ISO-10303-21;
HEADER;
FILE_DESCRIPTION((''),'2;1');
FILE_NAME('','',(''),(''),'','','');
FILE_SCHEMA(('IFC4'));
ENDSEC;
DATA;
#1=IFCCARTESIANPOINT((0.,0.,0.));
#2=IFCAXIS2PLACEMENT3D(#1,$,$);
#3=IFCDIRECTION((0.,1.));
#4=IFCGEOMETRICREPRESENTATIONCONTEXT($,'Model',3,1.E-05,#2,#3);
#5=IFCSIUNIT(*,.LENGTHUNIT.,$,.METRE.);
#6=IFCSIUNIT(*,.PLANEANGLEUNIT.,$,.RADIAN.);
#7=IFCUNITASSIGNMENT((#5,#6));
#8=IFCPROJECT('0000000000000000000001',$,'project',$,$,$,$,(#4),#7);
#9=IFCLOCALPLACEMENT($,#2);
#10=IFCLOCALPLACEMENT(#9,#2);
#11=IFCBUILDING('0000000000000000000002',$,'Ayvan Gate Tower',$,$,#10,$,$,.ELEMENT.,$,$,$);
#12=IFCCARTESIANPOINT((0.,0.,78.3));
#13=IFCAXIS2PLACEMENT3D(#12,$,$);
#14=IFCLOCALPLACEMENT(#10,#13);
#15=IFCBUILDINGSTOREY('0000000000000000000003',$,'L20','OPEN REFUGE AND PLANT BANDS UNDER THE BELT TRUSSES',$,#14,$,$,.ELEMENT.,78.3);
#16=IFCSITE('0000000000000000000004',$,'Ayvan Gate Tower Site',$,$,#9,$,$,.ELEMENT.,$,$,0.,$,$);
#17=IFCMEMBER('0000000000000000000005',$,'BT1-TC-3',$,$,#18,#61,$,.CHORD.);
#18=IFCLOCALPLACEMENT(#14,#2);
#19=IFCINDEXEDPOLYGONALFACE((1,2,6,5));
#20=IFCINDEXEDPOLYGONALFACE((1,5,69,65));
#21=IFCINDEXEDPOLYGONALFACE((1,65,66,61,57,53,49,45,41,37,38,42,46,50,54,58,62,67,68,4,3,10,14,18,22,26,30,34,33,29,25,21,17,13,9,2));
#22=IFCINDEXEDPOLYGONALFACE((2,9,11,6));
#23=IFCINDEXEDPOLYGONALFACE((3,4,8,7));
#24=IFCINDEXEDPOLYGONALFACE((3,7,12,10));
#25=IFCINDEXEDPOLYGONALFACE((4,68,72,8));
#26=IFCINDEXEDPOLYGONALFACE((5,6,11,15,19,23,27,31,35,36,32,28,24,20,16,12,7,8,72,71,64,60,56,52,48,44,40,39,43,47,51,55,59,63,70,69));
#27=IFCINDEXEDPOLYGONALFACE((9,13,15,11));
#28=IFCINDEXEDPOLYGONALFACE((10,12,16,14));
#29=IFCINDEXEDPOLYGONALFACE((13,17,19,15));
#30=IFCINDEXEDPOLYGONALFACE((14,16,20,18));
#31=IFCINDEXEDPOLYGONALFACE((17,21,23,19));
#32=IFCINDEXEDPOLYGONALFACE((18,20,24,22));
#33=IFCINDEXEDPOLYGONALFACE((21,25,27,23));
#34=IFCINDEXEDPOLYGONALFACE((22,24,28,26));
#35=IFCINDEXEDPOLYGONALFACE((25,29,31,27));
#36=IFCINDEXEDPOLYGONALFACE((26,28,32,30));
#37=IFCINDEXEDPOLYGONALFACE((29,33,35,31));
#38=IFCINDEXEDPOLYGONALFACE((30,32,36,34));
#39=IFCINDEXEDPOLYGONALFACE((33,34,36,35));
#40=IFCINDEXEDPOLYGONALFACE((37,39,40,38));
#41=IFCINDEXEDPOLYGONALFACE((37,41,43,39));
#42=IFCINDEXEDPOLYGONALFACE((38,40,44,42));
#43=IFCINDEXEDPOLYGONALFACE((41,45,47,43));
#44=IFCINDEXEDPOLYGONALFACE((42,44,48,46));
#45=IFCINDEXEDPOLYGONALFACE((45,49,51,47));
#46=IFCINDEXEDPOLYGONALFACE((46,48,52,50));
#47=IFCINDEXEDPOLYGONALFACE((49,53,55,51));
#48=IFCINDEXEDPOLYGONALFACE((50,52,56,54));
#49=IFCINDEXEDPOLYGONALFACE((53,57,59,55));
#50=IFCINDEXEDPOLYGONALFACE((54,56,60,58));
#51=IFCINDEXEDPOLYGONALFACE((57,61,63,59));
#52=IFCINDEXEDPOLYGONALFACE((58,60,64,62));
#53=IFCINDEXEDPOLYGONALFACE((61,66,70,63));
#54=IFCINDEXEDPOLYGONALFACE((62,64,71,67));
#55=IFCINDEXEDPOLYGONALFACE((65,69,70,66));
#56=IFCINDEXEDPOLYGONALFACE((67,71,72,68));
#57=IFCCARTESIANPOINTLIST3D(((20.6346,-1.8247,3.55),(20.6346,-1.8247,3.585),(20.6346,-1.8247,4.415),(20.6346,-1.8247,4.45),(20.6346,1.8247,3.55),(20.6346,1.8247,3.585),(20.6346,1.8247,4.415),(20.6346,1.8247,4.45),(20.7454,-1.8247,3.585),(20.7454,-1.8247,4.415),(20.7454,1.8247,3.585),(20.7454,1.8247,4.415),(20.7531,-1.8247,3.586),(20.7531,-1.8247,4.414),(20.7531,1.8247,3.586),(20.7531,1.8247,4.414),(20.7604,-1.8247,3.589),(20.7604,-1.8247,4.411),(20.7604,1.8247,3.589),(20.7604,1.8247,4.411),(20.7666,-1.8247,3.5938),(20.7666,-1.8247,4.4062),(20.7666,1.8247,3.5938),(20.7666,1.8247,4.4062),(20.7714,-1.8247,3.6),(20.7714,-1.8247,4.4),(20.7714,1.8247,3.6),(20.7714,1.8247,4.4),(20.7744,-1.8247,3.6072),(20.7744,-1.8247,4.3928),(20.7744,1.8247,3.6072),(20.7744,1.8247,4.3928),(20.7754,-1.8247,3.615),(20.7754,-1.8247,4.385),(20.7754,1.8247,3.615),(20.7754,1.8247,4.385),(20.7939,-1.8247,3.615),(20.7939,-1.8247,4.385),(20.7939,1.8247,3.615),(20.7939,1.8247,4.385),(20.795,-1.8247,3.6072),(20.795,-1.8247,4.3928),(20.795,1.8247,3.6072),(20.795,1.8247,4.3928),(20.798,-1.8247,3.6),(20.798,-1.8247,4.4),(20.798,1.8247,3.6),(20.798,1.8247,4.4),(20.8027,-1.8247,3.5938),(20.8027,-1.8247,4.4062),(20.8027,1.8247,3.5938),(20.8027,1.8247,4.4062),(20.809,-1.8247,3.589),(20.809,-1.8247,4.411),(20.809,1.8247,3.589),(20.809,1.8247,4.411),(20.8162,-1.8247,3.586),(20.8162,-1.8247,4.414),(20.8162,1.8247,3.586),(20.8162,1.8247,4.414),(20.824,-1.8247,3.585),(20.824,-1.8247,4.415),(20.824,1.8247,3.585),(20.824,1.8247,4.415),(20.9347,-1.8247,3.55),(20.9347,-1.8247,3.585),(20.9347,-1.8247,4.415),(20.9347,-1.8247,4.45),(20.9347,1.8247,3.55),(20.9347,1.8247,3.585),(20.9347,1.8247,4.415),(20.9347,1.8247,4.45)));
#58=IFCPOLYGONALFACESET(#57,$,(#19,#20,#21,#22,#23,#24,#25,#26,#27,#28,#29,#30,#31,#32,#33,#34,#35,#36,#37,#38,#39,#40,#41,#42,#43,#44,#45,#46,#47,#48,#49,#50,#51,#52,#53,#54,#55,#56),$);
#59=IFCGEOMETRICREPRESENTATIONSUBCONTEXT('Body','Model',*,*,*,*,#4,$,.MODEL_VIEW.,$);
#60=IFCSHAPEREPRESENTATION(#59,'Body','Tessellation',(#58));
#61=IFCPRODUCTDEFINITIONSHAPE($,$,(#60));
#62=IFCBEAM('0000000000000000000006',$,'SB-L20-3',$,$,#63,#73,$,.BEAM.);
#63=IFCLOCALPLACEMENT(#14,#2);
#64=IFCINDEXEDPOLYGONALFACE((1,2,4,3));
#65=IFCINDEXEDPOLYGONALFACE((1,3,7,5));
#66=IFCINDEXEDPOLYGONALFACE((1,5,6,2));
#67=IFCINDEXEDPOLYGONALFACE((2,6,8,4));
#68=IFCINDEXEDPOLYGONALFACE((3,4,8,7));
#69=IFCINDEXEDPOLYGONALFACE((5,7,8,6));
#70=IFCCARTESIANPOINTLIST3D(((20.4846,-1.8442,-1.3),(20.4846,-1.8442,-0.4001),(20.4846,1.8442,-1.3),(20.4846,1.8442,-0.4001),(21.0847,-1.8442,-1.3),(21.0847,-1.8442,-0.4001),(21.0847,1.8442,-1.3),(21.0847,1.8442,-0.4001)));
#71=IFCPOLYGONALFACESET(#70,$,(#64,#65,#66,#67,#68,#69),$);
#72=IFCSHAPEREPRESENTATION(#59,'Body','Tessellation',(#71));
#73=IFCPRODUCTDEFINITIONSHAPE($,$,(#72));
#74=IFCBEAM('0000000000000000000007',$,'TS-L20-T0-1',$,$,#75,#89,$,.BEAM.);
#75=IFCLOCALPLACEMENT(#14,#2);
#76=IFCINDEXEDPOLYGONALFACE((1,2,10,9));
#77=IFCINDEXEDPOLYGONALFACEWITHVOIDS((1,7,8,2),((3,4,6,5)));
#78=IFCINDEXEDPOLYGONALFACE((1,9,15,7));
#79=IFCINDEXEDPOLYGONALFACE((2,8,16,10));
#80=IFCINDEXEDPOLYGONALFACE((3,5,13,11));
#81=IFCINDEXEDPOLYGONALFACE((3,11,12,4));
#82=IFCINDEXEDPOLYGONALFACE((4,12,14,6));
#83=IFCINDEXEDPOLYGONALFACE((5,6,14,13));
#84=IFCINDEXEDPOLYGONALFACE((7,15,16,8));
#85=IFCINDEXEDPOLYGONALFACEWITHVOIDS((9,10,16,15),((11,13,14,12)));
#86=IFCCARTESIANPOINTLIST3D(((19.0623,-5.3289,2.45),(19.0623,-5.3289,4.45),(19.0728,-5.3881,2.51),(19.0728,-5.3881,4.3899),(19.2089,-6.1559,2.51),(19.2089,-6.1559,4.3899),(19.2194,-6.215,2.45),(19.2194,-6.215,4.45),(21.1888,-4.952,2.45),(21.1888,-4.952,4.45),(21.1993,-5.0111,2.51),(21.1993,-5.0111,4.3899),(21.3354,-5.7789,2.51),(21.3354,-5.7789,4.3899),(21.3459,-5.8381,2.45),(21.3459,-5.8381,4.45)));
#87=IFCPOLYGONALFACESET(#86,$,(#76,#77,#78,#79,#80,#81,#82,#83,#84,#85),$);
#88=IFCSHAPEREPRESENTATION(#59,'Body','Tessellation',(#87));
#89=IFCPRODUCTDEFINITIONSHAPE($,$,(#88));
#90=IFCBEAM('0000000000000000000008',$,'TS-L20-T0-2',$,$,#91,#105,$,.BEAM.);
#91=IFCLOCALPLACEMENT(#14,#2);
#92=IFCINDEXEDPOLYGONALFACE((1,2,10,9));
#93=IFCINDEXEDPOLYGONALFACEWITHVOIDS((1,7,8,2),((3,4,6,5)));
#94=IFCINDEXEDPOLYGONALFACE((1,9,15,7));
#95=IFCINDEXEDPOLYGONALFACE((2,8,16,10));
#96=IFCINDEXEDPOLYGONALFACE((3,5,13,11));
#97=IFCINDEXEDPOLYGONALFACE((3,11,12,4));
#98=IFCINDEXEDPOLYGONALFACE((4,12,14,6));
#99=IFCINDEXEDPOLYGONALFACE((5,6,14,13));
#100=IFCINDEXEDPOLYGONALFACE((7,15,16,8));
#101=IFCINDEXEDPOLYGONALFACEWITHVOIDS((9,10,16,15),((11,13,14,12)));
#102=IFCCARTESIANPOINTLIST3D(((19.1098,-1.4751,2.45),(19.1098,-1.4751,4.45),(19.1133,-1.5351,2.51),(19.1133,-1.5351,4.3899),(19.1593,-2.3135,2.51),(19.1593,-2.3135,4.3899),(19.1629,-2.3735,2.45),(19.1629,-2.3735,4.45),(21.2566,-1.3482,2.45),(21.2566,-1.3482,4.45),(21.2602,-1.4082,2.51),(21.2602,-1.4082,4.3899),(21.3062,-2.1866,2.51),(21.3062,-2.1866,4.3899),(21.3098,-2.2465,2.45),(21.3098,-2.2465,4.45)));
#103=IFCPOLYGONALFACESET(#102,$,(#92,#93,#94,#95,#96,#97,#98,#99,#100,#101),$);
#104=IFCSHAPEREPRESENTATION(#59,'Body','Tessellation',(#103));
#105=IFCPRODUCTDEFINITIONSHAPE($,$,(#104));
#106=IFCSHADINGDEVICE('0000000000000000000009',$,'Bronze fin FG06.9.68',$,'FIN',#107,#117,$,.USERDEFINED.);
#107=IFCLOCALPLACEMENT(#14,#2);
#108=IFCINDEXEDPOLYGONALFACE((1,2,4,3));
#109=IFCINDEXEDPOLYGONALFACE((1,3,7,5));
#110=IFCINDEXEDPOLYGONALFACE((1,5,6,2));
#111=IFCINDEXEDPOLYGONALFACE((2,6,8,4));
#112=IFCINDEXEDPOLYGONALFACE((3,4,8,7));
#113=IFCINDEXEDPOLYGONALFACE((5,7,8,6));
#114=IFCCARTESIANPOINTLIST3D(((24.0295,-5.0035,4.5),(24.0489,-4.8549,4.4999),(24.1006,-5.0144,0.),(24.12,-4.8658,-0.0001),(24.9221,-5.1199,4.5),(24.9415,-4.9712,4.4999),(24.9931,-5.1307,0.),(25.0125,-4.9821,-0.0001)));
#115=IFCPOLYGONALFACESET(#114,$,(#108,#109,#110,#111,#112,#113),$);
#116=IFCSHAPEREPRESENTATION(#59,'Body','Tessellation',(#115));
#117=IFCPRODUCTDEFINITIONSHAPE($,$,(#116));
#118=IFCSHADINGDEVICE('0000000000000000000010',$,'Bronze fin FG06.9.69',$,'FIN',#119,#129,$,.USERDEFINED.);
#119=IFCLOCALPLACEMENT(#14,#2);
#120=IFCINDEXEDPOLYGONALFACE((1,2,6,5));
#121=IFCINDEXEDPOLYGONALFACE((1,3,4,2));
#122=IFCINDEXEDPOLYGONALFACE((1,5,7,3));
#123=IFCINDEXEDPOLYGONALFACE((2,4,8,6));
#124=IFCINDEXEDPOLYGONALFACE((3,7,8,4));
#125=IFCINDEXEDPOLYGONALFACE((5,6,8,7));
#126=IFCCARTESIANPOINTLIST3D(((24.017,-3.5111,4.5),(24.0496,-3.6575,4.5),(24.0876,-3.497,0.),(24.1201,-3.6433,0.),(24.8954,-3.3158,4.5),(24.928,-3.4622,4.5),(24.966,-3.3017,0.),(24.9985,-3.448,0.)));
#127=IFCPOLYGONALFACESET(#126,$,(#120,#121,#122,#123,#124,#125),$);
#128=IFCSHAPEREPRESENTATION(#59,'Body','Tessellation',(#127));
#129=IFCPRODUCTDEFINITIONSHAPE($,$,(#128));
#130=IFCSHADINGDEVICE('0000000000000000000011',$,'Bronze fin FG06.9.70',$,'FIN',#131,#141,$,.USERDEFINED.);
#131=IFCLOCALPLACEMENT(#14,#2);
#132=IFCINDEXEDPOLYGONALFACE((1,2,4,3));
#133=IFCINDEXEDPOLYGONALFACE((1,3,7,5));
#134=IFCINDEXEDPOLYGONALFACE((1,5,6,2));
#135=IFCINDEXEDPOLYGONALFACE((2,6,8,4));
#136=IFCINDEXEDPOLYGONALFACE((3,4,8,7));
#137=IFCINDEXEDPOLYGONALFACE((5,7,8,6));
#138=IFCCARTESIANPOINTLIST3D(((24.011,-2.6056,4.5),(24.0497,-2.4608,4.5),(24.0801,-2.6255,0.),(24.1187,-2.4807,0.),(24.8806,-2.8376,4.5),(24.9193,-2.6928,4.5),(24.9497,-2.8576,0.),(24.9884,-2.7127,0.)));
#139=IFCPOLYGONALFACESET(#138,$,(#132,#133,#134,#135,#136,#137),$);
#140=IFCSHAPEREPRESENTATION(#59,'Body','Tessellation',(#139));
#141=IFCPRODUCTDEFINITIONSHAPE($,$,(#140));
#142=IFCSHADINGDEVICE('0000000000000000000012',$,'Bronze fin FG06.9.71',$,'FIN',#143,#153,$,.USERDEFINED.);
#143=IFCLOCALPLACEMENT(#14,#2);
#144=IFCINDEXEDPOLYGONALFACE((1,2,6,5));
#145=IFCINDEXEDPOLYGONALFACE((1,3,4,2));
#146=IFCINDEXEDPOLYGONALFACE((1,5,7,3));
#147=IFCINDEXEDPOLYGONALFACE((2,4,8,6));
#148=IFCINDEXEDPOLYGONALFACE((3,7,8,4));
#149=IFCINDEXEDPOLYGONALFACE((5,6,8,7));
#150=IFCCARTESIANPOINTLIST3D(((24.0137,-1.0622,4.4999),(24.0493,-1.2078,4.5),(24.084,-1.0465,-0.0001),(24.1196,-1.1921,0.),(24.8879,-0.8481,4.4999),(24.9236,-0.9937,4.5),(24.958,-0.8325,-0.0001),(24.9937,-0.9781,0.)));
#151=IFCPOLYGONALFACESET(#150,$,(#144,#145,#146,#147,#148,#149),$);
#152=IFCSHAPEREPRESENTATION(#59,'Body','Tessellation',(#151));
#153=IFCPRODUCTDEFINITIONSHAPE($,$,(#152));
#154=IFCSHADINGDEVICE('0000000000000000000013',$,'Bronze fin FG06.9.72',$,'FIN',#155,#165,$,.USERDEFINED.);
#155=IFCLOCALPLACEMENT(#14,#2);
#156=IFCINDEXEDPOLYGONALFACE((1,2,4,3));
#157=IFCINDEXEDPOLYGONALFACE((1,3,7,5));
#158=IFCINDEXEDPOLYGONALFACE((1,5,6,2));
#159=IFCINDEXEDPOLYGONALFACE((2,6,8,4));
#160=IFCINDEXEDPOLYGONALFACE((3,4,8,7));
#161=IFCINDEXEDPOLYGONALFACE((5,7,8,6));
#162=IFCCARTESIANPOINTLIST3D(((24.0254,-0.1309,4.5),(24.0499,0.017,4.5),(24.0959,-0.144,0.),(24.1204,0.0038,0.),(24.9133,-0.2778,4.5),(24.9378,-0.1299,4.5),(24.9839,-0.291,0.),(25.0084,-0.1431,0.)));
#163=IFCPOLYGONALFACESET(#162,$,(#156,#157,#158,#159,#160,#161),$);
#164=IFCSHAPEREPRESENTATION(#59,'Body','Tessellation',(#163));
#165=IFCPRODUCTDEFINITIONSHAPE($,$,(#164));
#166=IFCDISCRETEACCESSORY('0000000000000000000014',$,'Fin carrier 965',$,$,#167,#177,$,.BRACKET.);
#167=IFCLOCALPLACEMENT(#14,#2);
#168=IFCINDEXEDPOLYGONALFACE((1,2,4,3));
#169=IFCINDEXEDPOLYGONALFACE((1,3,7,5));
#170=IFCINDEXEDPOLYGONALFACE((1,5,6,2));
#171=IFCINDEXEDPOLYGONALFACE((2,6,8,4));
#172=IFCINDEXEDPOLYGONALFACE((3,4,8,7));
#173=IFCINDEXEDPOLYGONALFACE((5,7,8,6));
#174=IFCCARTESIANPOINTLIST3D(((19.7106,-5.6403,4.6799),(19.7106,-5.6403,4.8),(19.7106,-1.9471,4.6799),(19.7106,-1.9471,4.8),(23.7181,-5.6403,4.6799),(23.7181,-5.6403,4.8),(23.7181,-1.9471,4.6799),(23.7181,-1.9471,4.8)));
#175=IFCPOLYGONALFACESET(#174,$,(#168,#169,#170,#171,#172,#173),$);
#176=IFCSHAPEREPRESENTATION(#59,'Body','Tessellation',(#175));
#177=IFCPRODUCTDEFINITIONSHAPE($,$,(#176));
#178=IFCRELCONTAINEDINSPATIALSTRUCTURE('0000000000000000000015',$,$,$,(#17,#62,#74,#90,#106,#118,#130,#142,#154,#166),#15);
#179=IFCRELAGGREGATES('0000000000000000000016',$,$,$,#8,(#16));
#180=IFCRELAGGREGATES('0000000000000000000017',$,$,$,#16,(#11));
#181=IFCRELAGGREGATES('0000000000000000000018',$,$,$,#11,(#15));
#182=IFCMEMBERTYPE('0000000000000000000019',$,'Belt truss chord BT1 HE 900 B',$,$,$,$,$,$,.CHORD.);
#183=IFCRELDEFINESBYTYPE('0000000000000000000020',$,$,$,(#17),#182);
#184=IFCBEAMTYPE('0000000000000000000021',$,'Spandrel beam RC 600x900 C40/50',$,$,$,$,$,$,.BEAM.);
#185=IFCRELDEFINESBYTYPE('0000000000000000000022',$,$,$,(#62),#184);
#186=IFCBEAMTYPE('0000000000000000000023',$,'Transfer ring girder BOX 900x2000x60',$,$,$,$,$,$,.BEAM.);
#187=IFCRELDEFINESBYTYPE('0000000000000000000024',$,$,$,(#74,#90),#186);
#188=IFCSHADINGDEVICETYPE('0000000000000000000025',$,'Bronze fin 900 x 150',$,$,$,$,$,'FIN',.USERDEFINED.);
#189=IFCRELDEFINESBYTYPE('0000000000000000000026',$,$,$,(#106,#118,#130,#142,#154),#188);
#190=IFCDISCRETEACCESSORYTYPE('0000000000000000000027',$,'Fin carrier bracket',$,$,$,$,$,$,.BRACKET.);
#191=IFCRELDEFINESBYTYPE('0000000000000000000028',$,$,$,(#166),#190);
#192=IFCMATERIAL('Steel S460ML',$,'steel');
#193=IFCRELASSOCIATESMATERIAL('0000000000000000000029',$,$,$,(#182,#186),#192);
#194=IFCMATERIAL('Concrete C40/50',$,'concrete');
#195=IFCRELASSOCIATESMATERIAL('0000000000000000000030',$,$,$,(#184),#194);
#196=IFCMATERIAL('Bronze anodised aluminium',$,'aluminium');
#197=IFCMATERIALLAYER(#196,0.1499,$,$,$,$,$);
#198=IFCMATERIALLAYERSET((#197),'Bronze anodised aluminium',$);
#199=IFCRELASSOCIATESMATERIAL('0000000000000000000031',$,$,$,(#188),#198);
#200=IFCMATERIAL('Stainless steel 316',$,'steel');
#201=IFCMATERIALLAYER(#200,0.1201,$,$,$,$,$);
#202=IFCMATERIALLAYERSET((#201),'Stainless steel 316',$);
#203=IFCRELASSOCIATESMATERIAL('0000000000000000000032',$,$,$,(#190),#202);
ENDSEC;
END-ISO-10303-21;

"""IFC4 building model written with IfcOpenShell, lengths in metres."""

from ifc_helpers import new_model, si_unit, direction, frame, origin, origin_2d, place, context, subcontext, project, spatial, polyline, rectangle, hollow_rectangle, i_section, outline, extrude, material, layer, layer_set, material_profile, profile_set, type_object, element, save


model = new_model("IFC4")

# Units and contexts
model_context = context("Model", 3, precision=1e-05, world=origin(), true_north=direction((0.0, 1.0)))
body_context = subcontext(model_context, "Body", "Model", "MODEL_VIEW")
ifc_project = project(units=[si_unit("LENGTHUNIT", "METRE"), si_unit("PLANEANGLEUNIT", "RADIAN")], contexts=[model_context])

# Site, building, storey
site_placement = place(None, origin())
site = spatial("IfcSite", under=ifc_project, at=site_placement, Name="Ayvan Gate Tower Site", CompositionType="ELEMENT", RefElevation=0.0)
building_placement = place(site_placement, origin())
building = spatial("IfcBuilding", under=site, at=building_placement, Name="Ayvan Gate Tower", CompositionType="ELEMENT")
storey_placement = place(building_placement, frame((0.0, 0.0, 78.3)))
storey = spatial("IfcBuildingStorey", under=building, at=storey_placement, Name="L20", Description="OPEN REFUGE AND PLANT BANDS UNDER THE BELT TRUSSES", CompositionType="ELEMENT", Elevation=78.3)

# Member
ifc_material_1 = material(Name="Steel S460ML", Category="steel")
ifc_material_profile_1 = material_profile(ifc_material_1, i_section(OverallWidth=0.3, OverallDepth=0.8999, WebThickness=0.0186, FlangeThickness=0.0349, FilletRadius=0.03, at=origin_2d()), Name="HE 900 B")
ifc_profile_set_1 = profile_set([ifc_material_profile_1], Name="Steel S460ML")
member_type_1 = type_object("IfcMemberType", Name="Belt truss chord BT1 HE 900 B", PredefinedType="CHORD", material=ifc_profile_set_1)
member_1_placement = place(storey_placement, frame((20.7847, -1.8247, 4.0), z_axis=(0.0, 1.0, 0.0), x_axis=(-1.0, 0.0, 0.0)))
element("IfcMember", 1, at=member_1_placement, inside=storey, type_object=member_type_1, Name="BT1-TC-3", PredefinedType="CHORD", context=body_context, shape_type="SweptSolid", body=[
    extrude(i_section(OverallWidth=0.3, OverallDepth=0.8999, WebThickness=0.0186, FlangeThickness=0.0349, FilletRadius=0.03, at=origin_2d()), origin(), (0.0, 0.0, 1.0), 3.6494),
])

# Beams
ifc_material_2 = material(Name="Concrete C40/50", Category="concrete")
ifc_material_profile_2 = material_profile(ifc_material_2, rectangle(XDim=0.6001, YDim=0.8999, at=origin_2d()), Name="RC 600x900")
ifc_profile_set_2 = profile_set([ifc_material_profile_2], Name="Concrete C40/50")
beam_type_1 = type_object("IfcBeamType", Name="Spandrel beam RC 600x900 C40/50", PredefinedType="BEAM", material=ifc_profile_set_2)
beam_1_placement = place(storey_placement, frame((20.7847, -1.8442, -0.8501), z_axis=(0.0, 1.0, 0.0), x_axis=(-1.0, 0.0, 0.0)))
element("IfcBeam", 2, at=beam_1_placement, inside=storey, type_object=beam_type_1, Name="SB-L20-3", PredefinedType="BEAM", context=body_context, shape_type="SweptSolid", body=[
    extrude(rectangle(XDim=0.6001, YDim=0.8999, at=origin_2d()), origin(), (0.0, 0.0, 1.0), 3.6885),
])
ifc_material_profile_3 = material_profile(ifc_material_1, hollow_rectangle(XDim=0.8999, YDim=2.0, WallThickness=0.0601, at=origin_2d()), Name="BOX 900x2000x60")
ifc_profile_set_3 = profile_set([ifc_material_profile_3], Name="Steel S460ML")
beam_type_2 = type_object("IfcBeamType", Name="Transfer ring girder BOX 900x2000x60", PredefinedType="BEAM", material=ifc_profile_set_3)
beam_2_placement = place(storey_placement, frame((21.2673, -5.395, 3.45), z_axis=(-0.984649, -0.174546, 0.0), x_axis=(0.174546, -0.984649, 0.0)))
element("IfcBeam", 3, at=beam_2_placement, inside=storey, type_object=beam_type_2, Name="TS-L20-T0-1", PredefinedType="BEAM", context=body_context, shape_type="SweptSolid", body=[
    extrude(hollow_rectangle(XDim=0.8999, YDim=2.0, WallThickness=0.0601, at=origin_2d()), origin(), (0.0, 0.0, 1.0), 2.1597),
])
beam_3_placement = place(storey_placement, frame((21.2832, -1.7974, 3.45), z_axis=(-0.998256, -0.059028, 0.0), x_axis=(0.059028, -0.998256, 0.0)))
element("IfcBeam", 4, at=beam_3_placement, inside=storey, type_object=beam_type_2, Name="TS-L20-T0-2", PredefinedType="BEAM", context=body_context, shape_type="SweptSolid", body=[
    extrude(hollow_rectangle(XDim=0.8999, YDim=2.0, WallThickness=0.0601, at=origin_2d()), origin(), (0.0, 0.0, 1.0), 2.1506),
])

# Shading devices
ifc_material_3 = material(Name="Bronze anodised aluminium", Category="aluminium")
ifc_layer_1 = layer(ifc_material_3, 0.1499)
ifc_layer_set_1 = layer_set([ifc_layer_1], Name="Bronze anodised aluminium")
shading_device_type = type_object("IfcShadingDeviceType", Name="Bronze fin 900 x 150", ElementType="FIN", PredefinedType="USERDEFINED", material=ifc_layer_set_1)
shading_device_1_placement = place(storey_placement, frame((24.1006, -5.0144, 0.0), z_axis=(-0.129241, -0.991613, 0.000354), x_axis=(0.991613, -0.129241, 0.0)))
element("IfcShadingDevice", 5, at=shading_device_1_placement, inside=storey, type_object=shading_device_type, Name="Bronze fin FG06.9.68", ObjectType="FIN", PredefinedType="USERDEFINED", context=body_context, shape_type="SweptSolid", body=[
    extrude(outline(polyline([(0.0, 0.0), (0.9001, 0.0), (0.8283, 4.5), (-0.0719, 4.5), (0.0, 0.0)])), origin(), (0.0, 0.0, -1.0), 0.1499),
])
shading_device_2_placement = place(storey_placement, frame((24.1201, -3.6433, 0.0), z_axis=(0.217045, -0.976161, 0.000331), x_axis=(0.976162, 0.217045, 0.0)))
element("IfcShadingDevice", 6, at=shading_device_2_placement, inside=storey, type_object=shading_device_type, Name="Bronze fin FG06.9.69", ObjectType="FIN", PredefinedType="USERDEFINED", context=body_context, shape_type="SweptSolid", body=[
    extrude(outline(polyline([(0.0, 0.0), (0.8999, 0.0), (0.8279, 4.5), (-0.0719, 4.5), (0.0, 0.0)])), origin(), (0.0, 0.0, -1.0), 0.1499),
])
shading_device_3_placement = place(storey_placement, frame((24.0801, -2.6255, 0.0), z_axis=(-0.257823, -0.966192, 0.000314), x_axis=(0.966192, -0.257823, 0.0)))
element("IfcShadingDevice", 7, at=shading_device_3_placement, inside=storey, type_object=shading_device_type, Name="Bronze fin FG06.9.70", ObjectType="FIN", PredefinedType="USERDEFINED", context=body_context, shape_type="SweptSolid", body=[
    extrude(outline(polyline([(0.0, 0.0), (0.9001, 0.0), (0.8282, 4.5), (-0.0719, 4.5), (0.0, 0.0)])), origin(), (0.0, 0.0, -1.0), 0.1499),
])
shading_device_4_placement = place(storey_placement, frame((24.1196, -1.1921, 0.0), z_axis=(0.237905, -0.971288, 0.000338), x_axis=(0.971288, 0.237905, 0.0)))
element("IfcShadingDevice", 8, at=shading_device_4_placement, inside=storey, type_object=shading_device_type, Name="Bronze fin FG06.9.71", ObjectType="FIN", PredefinedType="USERDEFINED", context=body_context, shape_type="SweptSolid", body=[
    extrude(outline(polyline([(0.0, 0.0), (0.8999, 0.0), (0.8281, 4.5), (-0.072, 4.5), (0.0, 0.0)])), origin(), (0.0, 0.0, -1.0), 0.1499),
])
shading_device_5_placement = place(storey_placement, frame((24.0959, -0.144, 0.0), z_axis=(-0.163299, -0.986577, 0.00033), x_axis=(0.986577, -0.163299, 0.0)))
element("IfcShadingDevice", 9, at=shading_device_5_placement, inside=storey, type_object=shading_device_type, Name="Bronze fin FG06.9.72", ObjectType="FIN", PredefinedType="USERDEFINED", context=body_context, shape_type="SweptSolid", body=[
    extrude(outline(polyline([(0.0, 0.0), (0.9, 0.0), (0.8283, 4.5), (-0.0718, 4.5), (0.0, 0.0)])), origin(), (0.0, 0.0, -1.0), 0.1499),
])

# Discrete accessory
ifc_material_4 = material(Name="Stainless steel 316", Category="steel")
ifc_layer_2 = layer(ifc_material_4, 0.1201)
ifc_layer_set_2 = layer_set([ifc_layer_2], Name="Stainless steel 316")
discrete_accessory_type_1 = type_object("IfcDiscreteAccessoryType", Name="Fin carrier bracket", PredefinedType="BRACKET", material=ifc_layer_set_2)
discrete_accessory_1_placement = place(storey_placement, frame((21.7144, -3.7937, 4.6799), z_axis=(0.0, 0.0, 1.0), x_axis=(0.0, 1.0, 0.0)))
element("IfcDiscreteAccessory", 10, at=discrete_accessory_1_placement, inside=storey, type_object=discrete_accessory_type_1, Name="Fin carrier 965", PredefinedType="BRACKET", context=body_context, shape_type="SweptSolid", body=[
    extrude(rectangle(XDim=3.6931, YDim=4.0076, at=origin_2d()), origin(), (0.0, 0.0, 1.0), 0.1201),
])

save(model, "model.ifc")
